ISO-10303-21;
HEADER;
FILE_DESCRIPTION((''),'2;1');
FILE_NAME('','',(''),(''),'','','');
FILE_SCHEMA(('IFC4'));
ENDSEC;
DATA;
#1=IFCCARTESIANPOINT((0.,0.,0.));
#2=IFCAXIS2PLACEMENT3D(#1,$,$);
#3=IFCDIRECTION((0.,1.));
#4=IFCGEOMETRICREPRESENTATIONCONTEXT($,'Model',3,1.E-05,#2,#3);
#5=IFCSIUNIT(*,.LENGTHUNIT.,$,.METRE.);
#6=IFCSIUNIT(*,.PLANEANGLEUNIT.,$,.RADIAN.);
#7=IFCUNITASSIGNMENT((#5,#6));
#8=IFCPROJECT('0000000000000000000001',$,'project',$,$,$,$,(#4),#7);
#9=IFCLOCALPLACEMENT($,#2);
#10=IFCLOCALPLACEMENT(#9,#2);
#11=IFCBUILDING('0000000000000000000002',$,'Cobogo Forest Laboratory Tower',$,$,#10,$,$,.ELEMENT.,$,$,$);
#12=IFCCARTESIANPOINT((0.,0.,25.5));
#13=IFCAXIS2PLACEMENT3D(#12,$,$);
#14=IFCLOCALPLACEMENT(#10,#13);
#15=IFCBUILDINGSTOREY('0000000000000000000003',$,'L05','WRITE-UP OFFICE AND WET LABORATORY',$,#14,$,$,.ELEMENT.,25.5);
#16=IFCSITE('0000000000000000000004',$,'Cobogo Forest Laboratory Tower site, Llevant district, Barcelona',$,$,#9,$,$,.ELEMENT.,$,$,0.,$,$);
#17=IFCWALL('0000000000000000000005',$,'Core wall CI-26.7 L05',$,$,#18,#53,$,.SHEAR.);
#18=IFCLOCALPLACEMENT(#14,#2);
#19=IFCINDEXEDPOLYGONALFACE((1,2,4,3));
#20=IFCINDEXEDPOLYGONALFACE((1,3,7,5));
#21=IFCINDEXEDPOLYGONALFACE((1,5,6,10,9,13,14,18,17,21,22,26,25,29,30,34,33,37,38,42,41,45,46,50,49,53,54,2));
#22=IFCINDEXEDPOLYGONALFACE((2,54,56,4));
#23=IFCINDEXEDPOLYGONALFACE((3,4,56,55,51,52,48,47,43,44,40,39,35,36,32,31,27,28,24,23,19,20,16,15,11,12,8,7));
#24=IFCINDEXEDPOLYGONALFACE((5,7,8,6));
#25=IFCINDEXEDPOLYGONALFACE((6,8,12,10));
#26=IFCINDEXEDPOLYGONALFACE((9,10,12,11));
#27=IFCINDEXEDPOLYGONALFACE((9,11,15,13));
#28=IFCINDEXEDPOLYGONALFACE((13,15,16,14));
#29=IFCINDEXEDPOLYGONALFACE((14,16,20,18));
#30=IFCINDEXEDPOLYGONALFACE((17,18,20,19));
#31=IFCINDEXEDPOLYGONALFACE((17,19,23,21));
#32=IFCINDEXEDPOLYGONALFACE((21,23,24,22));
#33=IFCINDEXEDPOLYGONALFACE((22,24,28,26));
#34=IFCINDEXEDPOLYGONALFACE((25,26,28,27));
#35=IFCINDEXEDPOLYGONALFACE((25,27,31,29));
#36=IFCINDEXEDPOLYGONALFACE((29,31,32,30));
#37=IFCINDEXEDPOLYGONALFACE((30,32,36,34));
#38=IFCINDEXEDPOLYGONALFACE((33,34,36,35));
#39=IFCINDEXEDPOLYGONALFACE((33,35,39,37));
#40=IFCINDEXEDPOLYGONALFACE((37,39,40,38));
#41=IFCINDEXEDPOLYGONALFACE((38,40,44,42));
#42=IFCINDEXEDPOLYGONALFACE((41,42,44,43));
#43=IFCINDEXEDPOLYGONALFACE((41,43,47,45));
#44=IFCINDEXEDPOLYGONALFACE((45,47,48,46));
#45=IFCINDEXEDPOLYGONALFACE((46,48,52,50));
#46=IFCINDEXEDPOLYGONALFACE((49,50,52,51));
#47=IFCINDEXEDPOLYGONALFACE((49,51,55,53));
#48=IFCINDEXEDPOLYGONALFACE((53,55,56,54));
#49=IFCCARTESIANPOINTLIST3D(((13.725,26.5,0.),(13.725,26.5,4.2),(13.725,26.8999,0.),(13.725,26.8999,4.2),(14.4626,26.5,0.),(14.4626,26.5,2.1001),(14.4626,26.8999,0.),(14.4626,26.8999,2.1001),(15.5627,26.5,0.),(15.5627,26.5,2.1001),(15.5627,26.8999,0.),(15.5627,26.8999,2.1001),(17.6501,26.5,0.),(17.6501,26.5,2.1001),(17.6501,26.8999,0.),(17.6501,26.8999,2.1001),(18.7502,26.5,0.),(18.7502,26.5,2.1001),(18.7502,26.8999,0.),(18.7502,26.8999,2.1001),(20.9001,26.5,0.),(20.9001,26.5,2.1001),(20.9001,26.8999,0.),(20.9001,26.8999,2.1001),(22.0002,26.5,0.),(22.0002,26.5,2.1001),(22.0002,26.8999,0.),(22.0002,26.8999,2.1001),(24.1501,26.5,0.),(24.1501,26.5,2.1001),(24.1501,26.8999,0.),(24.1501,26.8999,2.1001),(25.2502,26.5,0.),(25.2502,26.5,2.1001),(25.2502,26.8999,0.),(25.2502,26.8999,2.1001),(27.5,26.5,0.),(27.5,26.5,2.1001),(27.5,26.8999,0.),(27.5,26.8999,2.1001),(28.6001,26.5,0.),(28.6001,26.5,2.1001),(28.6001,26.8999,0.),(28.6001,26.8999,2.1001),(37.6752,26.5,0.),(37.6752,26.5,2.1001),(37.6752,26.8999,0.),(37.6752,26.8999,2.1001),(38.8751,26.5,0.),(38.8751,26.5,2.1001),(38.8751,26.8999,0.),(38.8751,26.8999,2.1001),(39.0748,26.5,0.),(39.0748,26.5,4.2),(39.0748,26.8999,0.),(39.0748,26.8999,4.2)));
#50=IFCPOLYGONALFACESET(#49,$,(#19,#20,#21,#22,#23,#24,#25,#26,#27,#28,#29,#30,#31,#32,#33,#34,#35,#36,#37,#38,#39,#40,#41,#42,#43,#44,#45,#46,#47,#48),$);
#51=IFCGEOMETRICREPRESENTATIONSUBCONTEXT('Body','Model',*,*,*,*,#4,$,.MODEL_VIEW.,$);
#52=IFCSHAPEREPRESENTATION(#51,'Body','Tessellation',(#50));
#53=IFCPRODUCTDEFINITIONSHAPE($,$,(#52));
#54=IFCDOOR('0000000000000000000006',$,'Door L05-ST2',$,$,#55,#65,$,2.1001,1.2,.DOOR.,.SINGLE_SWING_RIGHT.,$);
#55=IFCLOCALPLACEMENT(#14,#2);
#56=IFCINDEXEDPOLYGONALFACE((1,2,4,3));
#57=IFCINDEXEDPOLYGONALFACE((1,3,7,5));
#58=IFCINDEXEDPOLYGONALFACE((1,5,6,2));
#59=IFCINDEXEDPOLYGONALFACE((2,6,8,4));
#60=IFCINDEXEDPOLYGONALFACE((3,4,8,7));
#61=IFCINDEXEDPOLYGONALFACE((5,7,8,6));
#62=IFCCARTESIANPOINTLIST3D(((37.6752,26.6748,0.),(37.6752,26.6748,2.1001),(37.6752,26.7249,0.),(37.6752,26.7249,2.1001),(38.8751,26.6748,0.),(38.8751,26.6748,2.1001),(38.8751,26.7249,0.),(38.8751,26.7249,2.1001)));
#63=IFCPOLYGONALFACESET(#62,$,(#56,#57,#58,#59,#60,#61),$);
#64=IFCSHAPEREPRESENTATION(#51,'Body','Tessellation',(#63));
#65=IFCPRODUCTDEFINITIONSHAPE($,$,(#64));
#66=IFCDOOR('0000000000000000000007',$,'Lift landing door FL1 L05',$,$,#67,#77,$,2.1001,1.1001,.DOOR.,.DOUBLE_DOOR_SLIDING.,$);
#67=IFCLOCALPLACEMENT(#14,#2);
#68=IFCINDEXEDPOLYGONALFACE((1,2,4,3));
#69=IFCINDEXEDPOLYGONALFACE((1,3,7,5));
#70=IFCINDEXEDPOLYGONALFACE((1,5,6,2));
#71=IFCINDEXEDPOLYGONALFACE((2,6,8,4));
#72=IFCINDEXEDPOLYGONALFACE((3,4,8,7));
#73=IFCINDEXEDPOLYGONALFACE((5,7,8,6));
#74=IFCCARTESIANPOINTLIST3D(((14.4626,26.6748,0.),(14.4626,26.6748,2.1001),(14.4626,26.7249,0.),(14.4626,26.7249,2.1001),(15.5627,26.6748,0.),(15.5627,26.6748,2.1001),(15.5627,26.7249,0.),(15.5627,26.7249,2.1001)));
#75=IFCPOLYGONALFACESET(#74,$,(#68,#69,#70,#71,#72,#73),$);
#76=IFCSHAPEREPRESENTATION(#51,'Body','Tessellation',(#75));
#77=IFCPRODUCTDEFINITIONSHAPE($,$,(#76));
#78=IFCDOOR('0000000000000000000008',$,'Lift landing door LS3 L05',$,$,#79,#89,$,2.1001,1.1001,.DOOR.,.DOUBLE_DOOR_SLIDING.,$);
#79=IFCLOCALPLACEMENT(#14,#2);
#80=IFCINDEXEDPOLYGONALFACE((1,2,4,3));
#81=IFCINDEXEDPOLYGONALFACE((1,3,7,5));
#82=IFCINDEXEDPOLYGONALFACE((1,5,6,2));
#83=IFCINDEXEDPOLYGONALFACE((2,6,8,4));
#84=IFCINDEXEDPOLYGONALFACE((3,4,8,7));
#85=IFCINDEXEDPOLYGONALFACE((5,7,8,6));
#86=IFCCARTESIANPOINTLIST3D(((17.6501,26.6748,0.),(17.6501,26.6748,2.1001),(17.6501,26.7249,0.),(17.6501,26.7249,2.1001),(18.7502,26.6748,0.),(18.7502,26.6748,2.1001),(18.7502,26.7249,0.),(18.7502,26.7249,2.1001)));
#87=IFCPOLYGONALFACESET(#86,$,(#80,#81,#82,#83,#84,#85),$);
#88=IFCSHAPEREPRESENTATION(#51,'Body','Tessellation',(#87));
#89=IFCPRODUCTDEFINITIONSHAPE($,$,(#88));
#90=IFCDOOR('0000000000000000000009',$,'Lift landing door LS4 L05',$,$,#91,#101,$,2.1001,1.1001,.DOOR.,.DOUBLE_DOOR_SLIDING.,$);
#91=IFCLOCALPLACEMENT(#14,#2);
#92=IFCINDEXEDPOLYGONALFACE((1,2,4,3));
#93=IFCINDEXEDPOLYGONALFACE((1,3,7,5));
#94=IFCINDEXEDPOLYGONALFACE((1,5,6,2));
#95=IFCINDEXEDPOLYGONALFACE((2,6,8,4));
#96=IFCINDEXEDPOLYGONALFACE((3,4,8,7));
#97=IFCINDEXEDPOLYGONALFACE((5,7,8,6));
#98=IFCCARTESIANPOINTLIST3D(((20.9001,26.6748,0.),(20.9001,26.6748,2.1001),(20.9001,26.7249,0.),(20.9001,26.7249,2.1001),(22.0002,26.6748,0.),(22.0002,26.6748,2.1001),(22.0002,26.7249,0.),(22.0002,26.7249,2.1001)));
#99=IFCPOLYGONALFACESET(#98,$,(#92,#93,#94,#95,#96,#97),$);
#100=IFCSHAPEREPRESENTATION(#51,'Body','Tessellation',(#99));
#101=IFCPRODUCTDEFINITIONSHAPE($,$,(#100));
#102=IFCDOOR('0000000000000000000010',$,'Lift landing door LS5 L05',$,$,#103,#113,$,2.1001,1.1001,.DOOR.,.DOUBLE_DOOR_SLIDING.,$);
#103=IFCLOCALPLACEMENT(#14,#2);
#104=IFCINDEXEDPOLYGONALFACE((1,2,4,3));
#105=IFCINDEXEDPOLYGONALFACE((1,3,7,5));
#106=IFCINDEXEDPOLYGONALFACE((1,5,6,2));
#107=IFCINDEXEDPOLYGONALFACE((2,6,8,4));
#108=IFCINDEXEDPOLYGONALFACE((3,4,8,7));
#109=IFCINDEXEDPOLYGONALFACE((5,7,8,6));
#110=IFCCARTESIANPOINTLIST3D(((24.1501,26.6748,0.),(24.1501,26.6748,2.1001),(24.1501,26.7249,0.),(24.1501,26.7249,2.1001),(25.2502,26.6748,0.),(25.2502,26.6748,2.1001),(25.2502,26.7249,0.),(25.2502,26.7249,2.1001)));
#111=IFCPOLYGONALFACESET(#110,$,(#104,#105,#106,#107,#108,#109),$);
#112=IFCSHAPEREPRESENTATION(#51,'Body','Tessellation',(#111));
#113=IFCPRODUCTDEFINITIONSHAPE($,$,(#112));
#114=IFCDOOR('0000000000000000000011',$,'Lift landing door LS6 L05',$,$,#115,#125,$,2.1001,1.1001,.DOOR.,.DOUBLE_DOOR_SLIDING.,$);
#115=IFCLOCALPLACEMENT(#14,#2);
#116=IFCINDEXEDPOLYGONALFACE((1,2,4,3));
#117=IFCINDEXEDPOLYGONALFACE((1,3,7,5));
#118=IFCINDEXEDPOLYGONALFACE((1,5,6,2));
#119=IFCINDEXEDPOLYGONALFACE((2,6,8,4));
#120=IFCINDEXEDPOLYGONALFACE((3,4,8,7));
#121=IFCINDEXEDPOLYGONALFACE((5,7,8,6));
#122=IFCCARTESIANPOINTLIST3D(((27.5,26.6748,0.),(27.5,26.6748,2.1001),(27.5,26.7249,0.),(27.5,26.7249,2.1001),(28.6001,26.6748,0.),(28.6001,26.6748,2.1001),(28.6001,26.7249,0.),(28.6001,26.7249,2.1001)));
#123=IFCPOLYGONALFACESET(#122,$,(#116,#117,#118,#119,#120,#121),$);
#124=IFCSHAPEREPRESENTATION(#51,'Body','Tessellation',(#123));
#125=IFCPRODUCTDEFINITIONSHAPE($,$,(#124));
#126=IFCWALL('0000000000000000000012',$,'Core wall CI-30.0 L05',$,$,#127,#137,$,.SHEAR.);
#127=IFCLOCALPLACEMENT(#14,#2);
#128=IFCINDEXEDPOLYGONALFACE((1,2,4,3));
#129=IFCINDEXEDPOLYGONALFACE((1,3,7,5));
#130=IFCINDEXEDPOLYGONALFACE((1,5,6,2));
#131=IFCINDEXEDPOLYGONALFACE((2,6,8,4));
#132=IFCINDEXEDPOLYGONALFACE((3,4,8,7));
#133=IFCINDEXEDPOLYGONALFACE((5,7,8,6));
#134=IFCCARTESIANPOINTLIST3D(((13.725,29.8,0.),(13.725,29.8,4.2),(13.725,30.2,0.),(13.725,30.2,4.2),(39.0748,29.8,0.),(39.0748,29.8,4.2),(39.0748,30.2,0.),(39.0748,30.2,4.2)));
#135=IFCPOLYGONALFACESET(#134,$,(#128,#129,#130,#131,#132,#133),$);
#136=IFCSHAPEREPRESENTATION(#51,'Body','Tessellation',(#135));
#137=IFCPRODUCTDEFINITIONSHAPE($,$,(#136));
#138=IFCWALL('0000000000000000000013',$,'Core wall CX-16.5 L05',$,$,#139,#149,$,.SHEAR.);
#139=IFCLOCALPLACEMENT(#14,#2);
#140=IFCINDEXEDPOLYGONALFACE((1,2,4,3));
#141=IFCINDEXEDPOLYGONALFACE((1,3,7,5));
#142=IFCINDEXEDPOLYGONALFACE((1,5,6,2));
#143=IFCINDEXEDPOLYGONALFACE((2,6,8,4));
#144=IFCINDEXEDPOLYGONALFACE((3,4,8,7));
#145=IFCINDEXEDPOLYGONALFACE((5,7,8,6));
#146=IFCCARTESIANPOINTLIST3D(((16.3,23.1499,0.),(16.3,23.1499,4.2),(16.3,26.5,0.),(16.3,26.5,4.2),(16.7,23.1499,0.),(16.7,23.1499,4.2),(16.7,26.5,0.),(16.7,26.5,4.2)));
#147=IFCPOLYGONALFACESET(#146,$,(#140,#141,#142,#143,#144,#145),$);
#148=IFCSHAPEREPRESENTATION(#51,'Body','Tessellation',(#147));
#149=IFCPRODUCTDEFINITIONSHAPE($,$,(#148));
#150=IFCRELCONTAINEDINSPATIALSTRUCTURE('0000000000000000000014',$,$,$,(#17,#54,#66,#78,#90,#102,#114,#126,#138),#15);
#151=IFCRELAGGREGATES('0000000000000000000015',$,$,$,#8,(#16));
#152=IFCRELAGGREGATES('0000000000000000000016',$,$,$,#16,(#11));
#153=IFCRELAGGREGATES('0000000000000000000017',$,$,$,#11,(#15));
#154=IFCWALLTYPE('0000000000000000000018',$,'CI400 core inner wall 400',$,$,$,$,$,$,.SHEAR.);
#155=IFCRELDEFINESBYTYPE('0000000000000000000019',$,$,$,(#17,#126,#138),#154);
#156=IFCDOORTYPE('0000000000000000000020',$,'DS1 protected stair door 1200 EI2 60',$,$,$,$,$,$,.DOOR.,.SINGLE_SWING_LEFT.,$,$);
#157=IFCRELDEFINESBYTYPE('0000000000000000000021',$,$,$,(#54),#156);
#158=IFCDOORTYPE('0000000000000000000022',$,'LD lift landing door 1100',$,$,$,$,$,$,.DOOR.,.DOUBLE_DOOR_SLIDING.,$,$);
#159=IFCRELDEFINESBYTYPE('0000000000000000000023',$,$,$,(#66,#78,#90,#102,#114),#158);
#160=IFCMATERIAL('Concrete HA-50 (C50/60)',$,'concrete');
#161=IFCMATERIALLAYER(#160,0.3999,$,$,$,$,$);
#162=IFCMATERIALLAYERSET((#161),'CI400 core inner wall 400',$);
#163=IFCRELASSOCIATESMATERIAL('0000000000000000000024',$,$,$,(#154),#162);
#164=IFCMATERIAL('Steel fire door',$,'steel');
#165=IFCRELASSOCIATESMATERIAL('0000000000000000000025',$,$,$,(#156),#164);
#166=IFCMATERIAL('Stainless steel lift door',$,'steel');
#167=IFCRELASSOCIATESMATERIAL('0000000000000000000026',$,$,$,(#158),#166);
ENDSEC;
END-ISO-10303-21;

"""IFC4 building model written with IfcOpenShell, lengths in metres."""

from ifc_helpers import new_model, si_unit, direction, frame, frame_2d, origin, place, context, subcontext, project, spatial, rectangle, extrude, material, layer, layer_set, type_object, element, fill, save


model = new_model("IFC4")

# Units and contexts
model_context = context("Model", 3, precision=1e-05, world=origin(), true_north=direction((0.0, 1.0)))
body_context = subcontext(model_context, "Body", "Model", "MODEL_VIEW")
ifc_project = project(units=[si_unit("LENGTHUNIT", "METRE"), si_unit("PLANEANGLEUNIT", "RADIAN")], contexts=[model_context])

# Site, building, storey
site_placement = place(None, origin())
site = spatial("IfcSite", under=ifc_project, at=site_placement, Name="Cobogo Forest Laboratory Tower site, Llevant district, Barcelona", CompositionType="ELEMENT", RefElevation=0.0)
building_placement = place(site_placement, origin())
building = spatial("IfcBuilding", under=site, at=building_placement, Name="Cobogo Forest Laboratory Tower", CompositionType="ELEMENT")
storey_placement = place(building_placement, frame((0.0, 0.0, 25.5)))
storey = spatial("IfcBuildingStorey", under=building, at=storey_placement, Name="L05", Description="WRITE-UP OFFICE AND WET LABORATORY", CompositionType="ELEMENT", Elevation=25.5)

# Shared definitions
ifc_material_1 = material(Name="Concrete HA-50 (C50/60)", Category="concrete")

# Wall, openings, doors
ifc_layer_1 = layer(ifc_material_1, 0.3999)
ifc_layer_set_1 = layer_set([ifc_layer_1], Name="CI400 core inner wall 400")
wall_type_1 = type_object("IfcWallType", Name="CI400 core inner wall 400", PredefinedType="SHEAR", material=ifc_layer_set_1)
wall_1_placement = place(storey_placement, frame((13.7251, 26.7, 0.0), z_axis=(0.0, 0.0, 1.0), x_axis=(1.0, 0.0, 0.0)))
wall_1 = element("IfcWall", 1, at=wall_1_placement, inside=storey, type_object=wall_type_1, Name="Core wall CI-26.7 L05", PredefinedType="SHEAR", context=body_context, shape_type="SweptSolid", body=[
    extrude(rectangle(XDim=25.3499, YDim=0.3999, at=frame_2d((12.6748, 0.0))), origin(), (0.0, 0.0, 1.0), 4.2),
])
opening_1_placement = place(wall_1_placement, frame((23.95, 0.0, 0.0)))
opening_1 = element("IfcOpeningElement", 2, at=opening_1_placement, cuts=wall_1, PredefinedType="OPENING", context=body_context, shape_type="SweptSolid", body=[
    extrude(rectangle(XDim=1.2, YDim=2.1001, at=frame_2d((0.6001, 1.05))), frame((0.0, 0.21, 0.0), z_axis=(0.0, -1.0, 0.0), x_axis=(1.0, 0.0, 0.0)), (0.0, 0.0, 1.0), 0.4199),
])
opening_2_placement = place(wall_1_placement, frame((0.7375, 0.0, 0.0)))
opening_2 = element("IfcOpeningElement", 3, at=opening_2_placement, cuts=wall_1, PredefinedType="OPENING", context=body_context, shape_type="SweptSolid", body=[
    extrude(rectangle(XDim=1.1001, YDim=2.1001, at=frame_2d((0.55, 1.05))), frame((0.0, 0.21, 0.0), z_axis=(0.0, -1.0, 0.0), x_axis=(1.0, 0.0, 0.0)), (0.0, 0.0, 1.0), 0.4199),
])
opening_3_placement = place(wall_1_placement, frame((3.925, 0.0, 0.0)))
opening_3 = element("IfcOpeningElement", 4, at=opening_3_placement, cuts=wall_1, PredefinedType="OPENING", context=body_context, shape_type="SweptSolid", body=[
    extrude(rectangle(XDim=1.1001, YDim=2.1001, at=frame_2d((0.55, 1.05))), frame((0.0, 0.21, 0.0), z_axis=(0.0, -1.0, 0.0), x_axis=(1.0, 0.0, 0.0)), (0.0, 0.0, 1.0), 0.4199),
])
opening_4_placement = place(wall_1_placement, frame((7.175, 0.0, 0.0)))
opening_4 = element("IfcOpeningElement", 5, at=opening_4_placement, cuts=wall_1, PredefinedType="OPENING", context=body_context, shape_type="SweptSolid", body=[
    extrude(rectangle(XDim=1.1001, YDim=2.1001, at=frame_2d((0.55, 1.05))), frame((0.0, 0.21, 0.0), z_axis=(0.0, -1.0, 0.0), x_axis=(1.0, 0.0, 0.0)), (0.0, 0.0, 1.0), 0.4199),
])
opening_5_placement = place(wall_1_placement, frame((10.425, 0.0, 0.0)))
opening_5 = element("IfcOpeningElement", 6, at=opening_5_placement, cuts=wall_1, PredefinedType="OPENING", context=body_context, shape_type="SweptSolid", body=[
    extrude(rectangle(XDim=1.1001, YDim=2.1001, at=frame_2d((0.55, 1.05))), frame((0.0, 0.21, 0.0), z_axis=(0.0, -1.0, 0.0), x_axis=(1.0, 0.0, 0.0)), (0.0, 0.0, 1.0), 0.4199),
])
opening_6_placement = place(wall_1_placement, frame((13.7749, 0.0, 0.0)))
opening_6 = element("IfcOpeningElement", 7, at=opening_6_placement, cuts=wall_1, PredefinedType="OPENING", context=body_context, shape_type="SweptSolid", body=[
    extrude(rectangle(XDim=1.1001, YDim=2.1001, at=frame_2d((0.55, 1.05))), frame((0.0, 0.21, 0.0), z_axis=(0.0, -1.0, 0.0), x_axis=(1.0, 0.0, 0.0)), (0.0, 0.0, 1.0), 0.4199),
])
ifc_material_2 = material(Name="Steel fire door", Category="steel")
door_type_1 = type_object("IfcDoorType", Name="DS1 protected stair door 1200 EI2 60", OperationType="SINGLE_SWING_LEFT", PredefinedType="DOOR", material=ifc_material_2)
door_1_placement = place(opening_1_placement, origin())
door_1 = element("IfcDoor", 8, at=door_1_placement, inside=storey, type_object=door_type_1, Name="Door L05-ST2", OperationType="SINGLE_SWING_RIGHT", OverallHeight=2.1001, OverallWidth=1.2, PredefinedType="DOOR", context=body_context, shape_type="SweptSolid", body=[
    extrude(rectangle(XDim=1.2, YDim=2.1001, at=frame_2d((0.6001, 1.05))), frame((0.0, 0.0249, 0.0), z_axis=(0.0, -1.0, 0.0), x_axis=(1.0, 0.0, 0.0)), (0.0, 0.0, 1.0), 0.05),
])
fill(opening_1, door_1)
ifc_material_3 = material(Name="Stainless steel lift door", Category="steel")
door_type_2 = type_object("IfcDoorType", Name="LD lift landing door 1100", OperationType="DOUBLE_DOOR_SLIDING", PredefinedType="DOOR", material=ifc_material_3)
door_2_placement = place(opening_2_placement, origin())
door_2 = element("IfcDoor", 9, at=door_2_placement, inside=storey, type_object=door_type_2, Name="Lift landing door FL1 L05", OperationType="DOUBLE_DOOR_SLIDING", OverallHeight=2.1001, OverallWidth=1.1001, PredefinedType="DOOR", context=body_context, shape_type="SweptSolid", body=[
    extrude(rectangle(XDim=1.1001, YDim=2.1001, at=frame_2d((0.55, 1.05))), frame((0.0, 0.0249, 0.0), z_axis=(0.0, -1.0, 0.0), x_axis=(1.0, 0.0, 0.0)), (0.0, 0.0, 1.0), 0.05),
])
fill(opening_2, door_2)
door_3_placement = place(opening_3_placement, origin())
door_3 = element("IfcDoor", 10, at=door_3_placement, inside=storey, type_object=door_type_2, Name="Lift landing door LS3 L05", OperationType="DOUBLE_DOOR_SLIDING", OverallHeight=2.1001, OverallWidth=1.1001, PredefinedType="DOOR", context=body_context, shape_type="SweptSolid", body=[
    extrude(rectangle(XDim=1.1001, YDim=2.1001, at=frame_2d((0.55, 1.05))), frame((0.0, 0.0249, 0.0), z_axis=(0.0, -1.0, 0.0), x_axis=(1.0, 0.0, 0.0)), (0.0, 0.0, 1.0), 0.05),
])
fill(opening_3, door_3)
door_4_placement = place(opening_4_placement, origin())
door_4 = element("IfcDoor", 11, at=door_4_placement, inside=storey, type_object=door_type_2, Name="Lift landing door LS4 L05", OperationType="DOUBLE_DOOR_SLIDING", OverallHeight=2.1001, OverallWidth=1.1001, PredefinedType="DOOR", context=body_context, shape_type="SweptSolid", body=[
    extrude(rectangle(XDim=1.1001, YDim=2.1001, at=frame_2d((0.55, 1.05))), frame((0.0, 0.0249, 0.0), z_axis=(0.0, -1.0, 0.0), x_axis=(1.0, 0.0, 0.0)), (0.0, 0.0, 1.0), 0.05),
])
fill(opening_4, door_4)
door_5_placement = place(opening_5_placement, origin())
door_5 = element("IfcDoor", 12, at=door_5_placement, inside=storey, type_object=door_type_2, Name="Lift landing door LS5 L05", OperationType="DOUBLE_DOOR_SLIDING", OverallHeight=2.1001, OverallWidth=1.1001, PredefinedType="DOOR", context=body_context, shape_type="SweptSolid", body=[
    extrude(rectangle(XDim=1.1001, YDim=2.1001, at=frame_2d((0.55, 1.05))), frame((0.0, 0.0249, 0.0), z_axis=(0.0, -1.0, 0.0), x_axis=(1.0, 0.0, 0.0)), (0.0, 0.0, 1.0), 0.05),
])
fill(opening_5, door_5)
door_6_placement = place(opening_6_placement, origin())
door_6 = element("IfcDoor", 13, at=door_6_placement, inside=storey, type_object=door_type_2, Name="Lift landing door LS6 L05", OperationType="DOUBLE_DOOR_SLIDING", OverallHeight=2.1001, OverallWidth=1.1001, PredefinedType="DOOR", context=body_context, shape_type="SweptSolid", body=[
    extrude(rectangle(XDim=1.1001, YDim=2.1001, at=frame_2d((0.55, 1.05))), frame((0.0, 0.0249, 0.0), z_axis=(0.0, -1.0, 0.0), x_axis=(1.0, 0.0, 0.0)), (0.0, 0.0, 1.0), 0.05),
])
fill(opening_6, door_6)

# Walls
wall_2_placement = place(storey_placement, frame((13.7251, 30.0, 0.0), z_axis=(0.0, 0.0, 1.0), x_axis=(1.0, 0.0, 0.0)))
element("IfcWall", 14, at=wall_2_placement, inside=storey, type_object=wall_type_1, Name="Core wall CI-30.0 L05", PredefinedType="SHEAR", context=body_context, shape_type="SweptSolid", body=[
    extrude(rectangle(XDim=25.3499, YDim=0.3999, at=frame_2d((12.6748, 0.0))), origin(), (0.0, 0.0, 1.0), 4.2),
])
wall_3_placement = place(storey_placement, frame((16.5, 23.1499, 0.0), z_axis=(0.0, 0.0, 1.0), x_axis=(0.0, 1.0, 0.0)))
element("IfcWall", 15, at=wall_3_placement, inside=storey, type_object=wall_type_1, Name="Core wall CX-16.5 L05", PredefinedType="SHEAR", context=body_context, shape_type="SweptSolid", body=[
    extrude(rectangle(XDim=3.3501, YDim=0.3999, at=frame_2d((1.675, 0.0))), origin(), (0.0, 0.0, 1.0), 4.2),
])

save(model, "model.ifc")
